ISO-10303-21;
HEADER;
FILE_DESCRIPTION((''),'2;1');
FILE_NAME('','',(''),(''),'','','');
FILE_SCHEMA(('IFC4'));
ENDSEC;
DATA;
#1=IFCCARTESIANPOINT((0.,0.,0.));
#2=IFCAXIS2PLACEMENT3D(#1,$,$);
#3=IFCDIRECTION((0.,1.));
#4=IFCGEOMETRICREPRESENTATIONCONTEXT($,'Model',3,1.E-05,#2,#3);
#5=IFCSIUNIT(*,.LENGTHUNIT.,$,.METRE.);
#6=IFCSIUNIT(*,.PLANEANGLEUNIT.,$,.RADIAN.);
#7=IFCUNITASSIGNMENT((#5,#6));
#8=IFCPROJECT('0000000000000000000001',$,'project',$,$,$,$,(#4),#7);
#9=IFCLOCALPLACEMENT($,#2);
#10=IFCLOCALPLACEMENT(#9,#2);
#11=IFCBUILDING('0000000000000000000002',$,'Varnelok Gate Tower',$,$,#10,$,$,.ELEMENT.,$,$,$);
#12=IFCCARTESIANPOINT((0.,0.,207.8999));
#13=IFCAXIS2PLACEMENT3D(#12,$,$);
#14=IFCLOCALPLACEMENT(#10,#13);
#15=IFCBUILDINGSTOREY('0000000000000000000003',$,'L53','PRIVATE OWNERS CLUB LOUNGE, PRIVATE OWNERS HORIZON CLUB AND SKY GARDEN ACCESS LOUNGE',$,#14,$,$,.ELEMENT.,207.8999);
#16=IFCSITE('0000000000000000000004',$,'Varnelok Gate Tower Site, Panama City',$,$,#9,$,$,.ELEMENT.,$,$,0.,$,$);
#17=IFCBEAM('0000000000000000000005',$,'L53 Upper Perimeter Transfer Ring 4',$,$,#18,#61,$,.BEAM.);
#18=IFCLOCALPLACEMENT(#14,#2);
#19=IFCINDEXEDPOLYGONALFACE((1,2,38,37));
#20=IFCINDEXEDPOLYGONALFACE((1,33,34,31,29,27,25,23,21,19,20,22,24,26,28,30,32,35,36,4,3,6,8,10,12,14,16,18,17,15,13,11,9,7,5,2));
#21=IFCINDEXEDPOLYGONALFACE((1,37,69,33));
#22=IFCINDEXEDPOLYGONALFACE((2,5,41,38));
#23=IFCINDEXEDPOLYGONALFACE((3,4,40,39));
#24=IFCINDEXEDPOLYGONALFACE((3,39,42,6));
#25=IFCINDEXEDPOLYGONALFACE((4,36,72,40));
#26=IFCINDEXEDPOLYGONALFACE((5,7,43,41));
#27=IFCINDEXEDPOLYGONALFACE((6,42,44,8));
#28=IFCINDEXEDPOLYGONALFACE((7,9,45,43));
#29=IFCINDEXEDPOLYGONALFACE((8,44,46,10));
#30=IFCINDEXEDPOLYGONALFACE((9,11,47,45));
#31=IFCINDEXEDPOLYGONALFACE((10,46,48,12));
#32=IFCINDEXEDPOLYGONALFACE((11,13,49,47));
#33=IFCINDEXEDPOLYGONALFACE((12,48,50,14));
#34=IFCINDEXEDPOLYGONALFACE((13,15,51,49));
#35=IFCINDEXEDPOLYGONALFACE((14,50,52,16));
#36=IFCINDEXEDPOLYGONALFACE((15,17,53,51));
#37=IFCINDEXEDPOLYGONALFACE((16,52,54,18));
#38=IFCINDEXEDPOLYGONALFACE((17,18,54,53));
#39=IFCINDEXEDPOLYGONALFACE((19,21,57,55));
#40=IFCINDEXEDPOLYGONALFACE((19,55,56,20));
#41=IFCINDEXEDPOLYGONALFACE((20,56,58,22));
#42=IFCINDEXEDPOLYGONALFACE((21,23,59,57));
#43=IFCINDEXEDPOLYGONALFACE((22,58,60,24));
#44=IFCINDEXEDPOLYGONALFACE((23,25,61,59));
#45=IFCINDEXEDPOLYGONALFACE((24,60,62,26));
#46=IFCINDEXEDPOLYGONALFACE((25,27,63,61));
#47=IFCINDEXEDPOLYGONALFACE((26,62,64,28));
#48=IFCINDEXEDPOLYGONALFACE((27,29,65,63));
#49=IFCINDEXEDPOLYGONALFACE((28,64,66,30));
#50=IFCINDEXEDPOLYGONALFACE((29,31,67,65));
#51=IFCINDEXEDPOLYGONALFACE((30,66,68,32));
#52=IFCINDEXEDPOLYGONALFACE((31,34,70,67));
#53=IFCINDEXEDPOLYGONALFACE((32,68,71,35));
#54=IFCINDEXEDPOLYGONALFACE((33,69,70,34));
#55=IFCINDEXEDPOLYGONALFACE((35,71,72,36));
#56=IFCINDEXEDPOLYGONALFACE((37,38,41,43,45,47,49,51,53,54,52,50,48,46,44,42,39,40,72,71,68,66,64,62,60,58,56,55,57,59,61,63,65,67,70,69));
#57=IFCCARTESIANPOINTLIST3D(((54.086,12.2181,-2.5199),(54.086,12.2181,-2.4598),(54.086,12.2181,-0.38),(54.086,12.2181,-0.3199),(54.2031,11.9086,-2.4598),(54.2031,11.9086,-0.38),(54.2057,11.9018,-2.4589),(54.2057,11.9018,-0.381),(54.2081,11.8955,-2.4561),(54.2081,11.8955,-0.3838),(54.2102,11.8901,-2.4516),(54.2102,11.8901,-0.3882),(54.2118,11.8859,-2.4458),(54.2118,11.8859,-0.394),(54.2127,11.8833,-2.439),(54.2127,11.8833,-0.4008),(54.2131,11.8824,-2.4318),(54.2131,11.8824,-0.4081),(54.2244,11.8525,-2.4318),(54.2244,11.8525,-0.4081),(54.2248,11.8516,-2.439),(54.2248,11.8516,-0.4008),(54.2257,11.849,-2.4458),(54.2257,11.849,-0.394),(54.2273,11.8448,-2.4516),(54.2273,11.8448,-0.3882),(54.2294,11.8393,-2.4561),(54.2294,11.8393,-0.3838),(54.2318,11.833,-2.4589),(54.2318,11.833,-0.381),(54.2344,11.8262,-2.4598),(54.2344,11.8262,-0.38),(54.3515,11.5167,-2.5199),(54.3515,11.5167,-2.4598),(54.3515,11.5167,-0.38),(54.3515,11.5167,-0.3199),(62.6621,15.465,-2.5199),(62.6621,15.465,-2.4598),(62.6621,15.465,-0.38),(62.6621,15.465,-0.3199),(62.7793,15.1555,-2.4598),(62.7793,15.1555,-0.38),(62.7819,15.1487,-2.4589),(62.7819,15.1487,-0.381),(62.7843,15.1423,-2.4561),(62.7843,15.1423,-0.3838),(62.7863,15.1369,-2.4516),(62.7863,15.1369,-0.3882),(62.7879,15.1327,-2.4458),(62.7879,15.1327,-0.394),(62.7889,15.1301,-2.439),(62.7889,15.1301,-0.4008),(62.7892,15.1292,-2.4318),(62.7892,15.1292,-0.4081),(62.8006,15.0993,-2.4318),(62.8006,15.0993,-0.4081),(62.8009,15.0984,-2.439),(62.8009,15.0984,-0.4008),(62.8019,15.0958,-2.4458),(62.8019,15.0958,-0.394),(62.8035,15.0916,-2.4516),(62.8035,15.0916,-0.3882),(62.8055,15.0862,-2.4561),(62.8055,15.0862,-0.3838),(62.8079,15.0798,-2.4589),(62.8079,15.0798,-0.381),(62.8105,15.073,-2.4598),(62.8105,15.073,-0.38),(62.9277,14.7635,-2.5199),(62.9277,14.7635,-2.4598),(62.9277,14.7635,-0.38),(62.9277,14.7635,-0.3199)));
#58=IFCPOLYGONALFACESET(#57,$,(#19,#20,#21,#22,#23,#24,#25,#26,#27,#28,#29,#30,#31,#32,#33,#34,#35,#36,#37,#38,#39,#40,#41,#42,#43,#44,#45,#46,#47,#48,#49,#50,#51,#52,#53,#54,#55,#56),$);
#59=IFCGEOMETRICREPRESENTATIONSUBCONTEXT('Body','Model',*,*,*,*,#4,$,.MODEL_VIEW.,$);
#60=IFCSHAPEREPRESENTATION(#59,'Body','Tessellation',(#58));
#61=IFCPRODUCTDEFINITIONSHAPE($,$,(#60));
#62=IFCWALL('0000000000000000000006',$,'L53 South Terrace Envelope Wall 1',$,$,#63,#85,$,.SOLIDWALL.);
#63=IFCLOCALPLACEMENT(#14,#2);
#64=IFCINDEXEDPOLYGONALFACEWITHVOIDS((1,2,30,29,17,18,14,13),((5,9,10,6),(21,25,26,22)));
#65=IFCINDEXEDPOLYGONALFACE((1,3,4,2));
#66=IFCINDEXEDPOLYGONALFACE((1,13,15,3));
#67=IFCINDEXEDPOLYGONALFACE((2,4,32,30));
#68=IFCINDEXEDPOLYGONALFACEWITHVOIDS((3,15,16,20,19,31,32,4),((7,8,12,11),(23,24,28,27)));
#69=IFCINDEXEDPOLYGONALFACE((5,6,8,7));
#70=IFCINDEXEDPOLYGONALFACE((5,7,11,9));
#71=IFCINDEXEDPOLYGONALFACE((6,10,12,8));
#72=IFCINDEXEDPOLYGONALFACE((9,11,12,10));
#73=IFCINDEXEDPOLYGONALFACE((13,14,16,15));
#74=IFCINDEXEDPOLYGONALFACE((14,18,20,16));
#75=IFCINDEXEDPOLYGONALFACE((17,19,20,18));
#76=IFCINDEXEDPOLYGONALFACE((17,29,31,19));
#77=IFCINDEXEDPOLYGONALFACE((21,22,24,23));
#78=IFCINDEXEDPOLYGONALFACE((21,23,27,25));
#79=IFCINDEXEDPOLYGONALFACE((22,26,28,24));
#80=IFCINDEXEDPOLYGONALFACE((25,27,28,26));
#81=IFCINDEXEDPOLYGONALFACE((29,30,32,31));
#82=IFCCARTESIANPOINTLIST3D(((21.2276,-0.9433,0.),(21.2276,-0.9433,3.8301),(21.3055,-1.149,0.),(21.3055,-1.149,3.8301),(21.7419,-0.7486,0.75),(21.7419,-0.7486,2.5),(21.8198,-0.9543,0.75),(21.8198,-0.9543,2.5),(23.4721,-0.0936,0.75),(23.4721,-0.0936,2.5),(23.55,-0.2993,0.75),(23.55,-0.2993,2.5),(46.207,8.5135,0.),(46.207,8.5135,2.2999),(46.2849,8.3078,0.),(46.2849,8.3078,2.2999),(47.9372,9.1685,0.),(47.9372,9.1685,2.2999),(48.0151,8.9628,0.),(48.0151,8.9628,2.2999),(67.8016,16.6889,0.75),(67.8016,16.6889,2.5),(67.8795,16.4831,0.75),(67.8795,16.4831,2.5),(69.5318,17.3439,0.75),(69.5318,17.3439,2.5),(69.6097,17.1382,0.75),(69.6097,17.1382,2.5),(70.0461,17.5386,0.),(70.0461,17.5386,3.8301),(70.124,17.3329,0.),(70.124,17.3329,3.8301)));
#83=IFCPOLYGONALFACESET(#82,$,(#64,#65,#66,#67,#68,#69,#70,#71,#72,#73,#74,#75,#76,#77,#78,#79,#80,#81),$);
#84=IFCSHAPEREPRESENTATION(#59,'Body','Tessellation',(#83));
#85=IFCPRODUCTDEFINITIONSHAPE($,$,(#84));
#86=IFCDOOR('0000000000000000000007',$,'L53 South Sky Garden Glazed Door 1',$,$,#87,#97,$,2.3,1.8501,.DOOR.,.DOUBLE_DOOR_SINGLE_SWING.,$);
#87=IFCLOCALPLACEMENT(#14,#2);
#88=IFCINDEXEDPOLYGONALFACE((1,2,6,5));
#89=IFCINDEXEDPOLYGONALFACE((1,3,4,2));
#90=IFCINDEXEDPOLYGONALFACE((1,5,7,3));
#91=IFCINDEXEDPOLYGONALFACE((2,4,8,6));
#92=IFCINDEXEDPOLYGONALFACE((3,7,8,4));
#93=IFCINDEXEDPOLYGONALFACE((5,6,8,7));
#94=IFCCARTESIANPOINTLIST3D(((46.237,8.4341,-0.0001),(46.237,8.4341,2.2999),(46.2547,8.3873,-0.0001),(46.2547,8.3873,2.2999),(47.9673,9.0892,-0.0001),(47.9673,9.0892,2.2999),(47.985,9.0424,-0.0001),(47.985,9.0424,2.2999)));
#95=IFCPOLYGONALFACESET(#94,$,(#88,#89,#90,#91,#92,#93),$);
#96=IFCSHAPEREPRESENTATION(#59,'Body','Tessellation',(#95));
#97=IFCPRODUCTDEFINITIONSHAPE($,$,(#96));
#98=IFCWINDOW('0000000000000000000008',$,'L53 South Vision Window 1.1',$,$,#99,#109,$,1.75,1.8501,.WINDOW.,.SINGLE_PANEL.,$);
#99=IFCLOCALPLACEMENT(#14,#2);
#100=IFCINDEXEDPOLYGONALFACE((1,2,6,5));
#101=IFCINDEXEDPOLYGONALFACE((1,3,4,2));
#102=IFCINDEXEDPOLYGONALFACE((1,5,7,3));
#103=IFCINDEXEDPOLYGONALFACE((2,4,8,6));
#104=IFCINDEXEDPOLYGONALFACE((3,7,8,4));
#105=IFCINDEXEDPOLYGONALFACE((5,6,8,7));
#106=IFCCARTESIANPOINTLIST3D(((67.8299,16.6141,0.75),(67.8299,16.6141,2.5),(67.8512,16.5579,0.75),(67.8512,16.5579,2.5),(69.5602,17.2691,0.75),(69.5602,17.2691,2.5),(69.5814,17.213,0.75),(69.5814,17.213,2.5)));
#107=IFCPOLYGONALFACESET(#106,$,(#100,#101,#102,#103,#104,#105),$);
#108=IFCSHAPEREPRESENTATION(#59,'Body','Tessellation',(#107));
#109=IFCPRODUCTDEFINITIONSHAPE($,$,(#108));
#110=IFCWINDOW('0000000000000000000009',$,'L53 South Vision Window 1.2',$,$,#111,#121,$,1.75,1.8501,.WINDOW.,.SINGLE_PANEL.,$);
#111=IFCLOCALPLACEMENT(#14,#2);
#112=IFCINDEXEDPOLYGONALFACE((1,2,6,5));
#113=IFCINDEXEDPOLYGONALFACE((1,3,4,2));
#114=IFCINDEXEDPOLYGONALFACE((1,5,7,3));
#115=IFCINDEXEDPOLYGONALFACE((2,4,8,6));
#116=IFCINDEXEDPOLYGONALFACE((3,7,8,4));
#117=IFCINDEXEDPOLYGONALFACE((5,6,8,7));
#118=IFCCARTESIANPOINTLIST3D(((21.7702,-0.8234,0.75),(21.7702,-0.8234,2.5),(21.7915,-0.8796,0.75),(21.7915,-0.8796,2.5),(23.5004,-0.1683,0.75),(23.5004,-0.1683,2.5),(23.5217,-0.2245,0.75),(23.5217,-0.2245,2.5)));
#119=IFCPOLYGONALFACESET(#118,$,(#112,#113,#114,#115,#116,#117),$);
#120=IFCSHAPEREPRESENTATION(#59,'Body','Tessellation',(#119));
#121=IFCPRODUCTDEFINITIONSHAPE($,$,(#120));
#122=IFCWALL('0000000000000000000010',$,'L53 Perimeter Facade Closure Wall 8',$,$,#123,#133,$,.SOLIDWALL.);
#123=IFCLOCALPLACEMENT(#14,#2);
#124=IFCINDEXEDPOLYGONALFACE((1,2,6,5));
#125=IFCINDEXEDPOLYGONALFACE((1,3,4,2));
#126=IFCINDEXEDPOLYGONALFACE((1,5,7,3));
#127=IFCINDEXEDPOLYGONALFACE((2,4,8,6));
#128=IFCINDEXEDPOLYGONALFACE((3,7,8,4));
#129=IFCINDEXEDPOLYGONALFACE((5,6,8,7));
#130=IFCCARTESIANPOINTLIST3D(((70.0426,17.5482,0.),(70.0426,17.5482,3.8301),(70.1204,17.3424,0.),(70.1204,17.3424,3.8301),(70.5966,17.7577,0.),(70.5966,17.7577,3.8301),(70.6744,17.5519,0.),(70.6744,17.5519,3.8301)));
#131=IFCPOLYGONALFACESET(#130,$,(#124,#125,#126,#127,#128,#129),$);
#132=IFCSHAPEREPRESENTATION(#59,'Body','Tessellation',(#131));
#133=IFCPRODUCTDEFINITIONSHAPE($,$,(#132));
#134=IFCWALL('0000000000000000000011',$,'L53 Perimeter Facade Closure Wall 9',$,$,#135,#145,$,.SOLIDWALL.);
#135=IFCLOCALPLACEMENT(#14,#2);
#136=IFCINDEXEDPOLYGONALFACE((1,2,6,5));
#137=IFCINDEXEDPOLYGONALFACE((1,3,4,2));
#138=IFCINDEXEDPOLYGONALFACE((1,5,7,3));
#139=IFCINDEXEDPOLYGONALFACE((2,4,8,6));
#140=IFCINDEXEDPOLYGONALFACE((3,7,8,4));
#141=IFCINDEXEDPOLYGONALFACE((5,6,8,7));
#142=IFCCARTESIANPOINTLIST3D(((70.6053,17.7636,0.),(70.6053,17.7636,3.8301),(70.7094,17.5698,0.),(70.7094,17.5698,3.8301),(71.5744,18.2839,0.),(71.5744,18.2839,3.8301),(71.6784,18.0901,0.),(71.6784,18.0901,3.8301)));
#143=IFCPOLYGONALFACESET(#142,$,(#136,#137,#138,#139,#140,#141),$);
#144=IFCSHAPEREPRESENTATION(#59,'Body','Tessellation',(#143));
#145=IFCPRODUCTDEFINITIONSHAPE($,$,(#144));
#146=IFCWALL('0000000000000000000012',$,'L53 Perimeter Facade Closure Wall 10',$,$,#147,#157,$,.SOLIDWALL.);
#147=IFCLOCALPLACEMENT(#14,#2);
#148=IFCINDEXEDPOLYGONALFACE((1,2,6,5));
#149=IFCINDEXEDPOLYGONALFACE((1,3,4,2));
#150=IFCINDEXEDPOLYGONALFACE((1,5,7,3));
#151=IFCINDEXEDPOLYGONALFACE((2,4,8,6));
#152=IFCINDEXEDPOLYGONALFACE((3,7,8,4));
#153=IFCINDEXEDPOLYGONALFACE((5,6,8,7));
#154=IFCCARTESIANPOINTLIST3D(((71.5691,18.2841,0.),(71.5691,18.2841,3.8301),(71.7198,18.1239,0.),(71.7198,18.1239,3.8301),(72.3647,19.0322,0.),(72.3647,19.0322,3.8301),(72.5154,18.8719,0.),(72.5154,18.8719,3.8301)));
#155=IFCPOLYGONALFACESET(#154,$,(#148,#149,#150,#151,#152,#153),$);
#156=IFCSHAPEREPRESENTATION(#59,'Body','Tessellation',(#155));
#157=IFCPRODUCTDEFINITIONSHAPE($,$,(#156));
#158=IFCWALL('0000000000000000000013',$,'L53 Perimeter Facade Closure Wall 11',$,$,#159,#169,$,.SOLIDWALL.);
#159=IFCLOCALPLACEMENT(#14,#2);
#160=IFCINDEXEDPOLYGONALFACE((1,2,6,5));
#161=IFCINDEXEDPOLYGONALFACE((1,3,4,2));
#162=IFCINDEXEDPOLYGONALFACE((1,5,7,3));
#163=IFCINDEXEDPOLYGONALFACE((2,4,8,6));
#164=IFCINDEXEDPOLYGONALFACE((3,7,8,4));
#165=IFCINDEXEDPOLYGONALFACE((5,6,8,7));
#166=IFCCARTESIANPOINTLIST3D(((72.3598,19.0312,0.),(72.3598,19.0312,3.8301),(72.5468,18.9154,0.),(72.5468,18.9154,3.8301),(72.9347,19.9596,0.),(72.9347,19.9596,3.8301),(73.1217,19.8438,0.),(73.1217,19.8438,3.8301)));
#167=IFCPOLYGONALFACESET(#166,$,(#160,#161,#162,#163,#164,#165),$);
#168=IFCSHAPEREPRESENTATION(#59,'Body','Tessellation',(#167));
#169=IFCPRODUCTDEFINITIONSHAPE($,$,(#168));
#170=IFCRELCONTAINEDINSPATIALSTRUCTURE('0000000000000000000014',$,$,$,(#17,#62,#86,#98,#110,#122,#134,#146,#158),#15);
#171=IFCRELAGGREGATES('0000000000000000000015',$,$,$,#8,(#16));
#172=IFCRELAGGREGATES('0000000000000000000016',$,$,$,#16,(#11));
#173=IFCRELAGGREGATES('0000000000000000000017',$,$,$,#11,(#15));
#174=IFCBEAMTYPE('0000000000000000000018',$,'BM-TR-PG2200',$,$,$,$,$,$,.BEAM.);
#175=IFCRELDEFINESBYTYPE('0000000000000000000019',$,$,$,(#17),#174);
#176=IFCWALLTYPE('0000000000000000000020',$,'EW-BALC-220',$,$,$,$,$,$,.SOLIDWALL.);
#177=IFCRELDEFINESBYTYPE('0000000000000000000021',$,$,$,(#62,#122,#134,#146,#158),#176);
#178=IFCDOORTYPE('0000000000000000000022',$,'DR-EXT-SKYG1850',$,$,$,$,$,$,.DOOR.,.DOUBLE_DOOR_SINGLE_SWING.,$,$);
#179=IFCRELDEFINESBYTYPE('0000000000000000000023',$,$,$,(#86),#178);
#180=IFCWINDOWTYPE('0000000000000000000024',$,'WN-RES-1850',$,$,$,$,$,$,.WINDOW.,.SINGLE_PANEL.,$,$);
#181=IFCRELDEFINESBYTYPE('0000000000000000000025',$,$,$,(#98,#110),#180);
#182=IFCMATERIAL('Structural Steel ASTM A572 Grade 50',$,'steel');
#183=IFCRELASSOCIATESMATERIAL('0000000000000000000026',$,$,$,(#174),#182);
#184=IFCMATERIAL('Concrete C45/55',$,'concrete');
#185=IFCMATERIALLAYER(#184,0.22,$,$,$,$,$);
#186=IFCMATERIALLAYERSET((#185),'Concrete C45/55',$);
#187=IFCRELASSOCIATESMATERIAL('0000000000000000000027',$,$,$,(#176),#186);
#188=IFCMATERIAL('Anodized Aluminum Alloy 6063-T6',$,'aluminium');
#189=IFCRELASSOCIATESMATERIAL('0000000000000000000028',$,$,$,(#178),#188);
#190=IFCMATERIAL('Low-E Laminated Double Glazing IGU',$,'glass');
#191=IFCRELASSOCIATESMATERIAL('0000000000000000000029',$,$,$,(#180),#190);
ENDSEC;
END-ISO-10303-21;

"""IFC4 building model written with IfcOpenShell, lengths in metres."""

from ifc_helpers import new_model, si_unit, direction, frame, frame_2d, origin, origin_2d, place, context, subcontext, project, spatial, rectangle, i_section, extrude, material, layer, layer_set, material_profile, profile_set, type_object, element, fill, save


model = new_model("IFC4")

# Units and contexts
model_context = context("Model", 3, precision=1e-05, world=origin(), true_north=direction((0.0, 1.0)))
body_context = subcontext(model_context, "Body", "Model", "MODEL_VIEW")
ifc_project = project(units=[si_unit("LENGTHUNIT", "METRE"), si_unit("PLANEANGLEUNIT", "RADIAN")], contexts=[model_context])

# Site, building, storey
site_placement = place(None, origin())
site = spatial("IfcSite", under=ifc_project, at=site_placement, Name="Varnelok Gate Tower Site, Panama City", CompositionType="ELEMENT", RefElevation=0.0)
building_placement = place(site_placement, origin())
building = spatial("IfcBuilding", under=site, at=building_placement, Name="Varnelok Gate Tower", CompositionType="ELEMENT")
storey_placement = place(building_placement, frame((0.0, 0.0, 207.8999)))
storey = spatial("IfcBuildingStorey", under=building, at=storey_placement, Name="L53", Description="PRIVATE OWNERS CLUB LOUNGE, PRIVATE OWNERS HORIZON CLUB AND SKY GARDEN ACCESS LOUNGE", CompositionType="ELEMENT", Elevation=207.8999)

# Beam
ifc_material_1 = material(Name="Structural Steel ASTM A572 Grade 50", Category="steel")
ifc_material_profile_1 = material_profile(ifc_material_1, i_section(OverallWidth=0.75, OverallDepth=2.2, WebThickness=0.032, FlangeThickness=0.0601, FilletRadius=0.0281, at=origin_2d()), Name="PG2200X750")
ifc_profile_set_1 = profile_set([ifc_material_profile_1], Name="Structural Steel ASTM A572 Grade 50")
beam_type = type_object("IfcBeamType", Name="BM-TR-PG2200", PredefinedType="BEAM", material=ifc_profile_set_1)
beam_1_placement = place(storey_placement, frame((54.2188, 11.8674, -1.4199), z_axis=(0.935222, 0.354063, 0.0), x_axis=(-0.354063, 0.935222, 0.0)))
element("IfcBeam", 1, at=beam_1_placement, inside=storey, type_object=beam_type, Name="L53 Upper Perimeter Transfer Ring 4", PredefinedType="BEAM", context=body_context, shape_type="SweptSolid", body=[
    extrude(i_section(OverallWidth=0.75, OverallDepth=2.2, WebThickness=0.032, FlangeThickness=0.0601, FilletRadius=0.0281, at=origin_2d()), origin(), (0.0, 0.0, 1.0), 9.1702),
])

# Wall, openings, door, windows
ifc_material_2 = material(Name="Concrete C45/55", Category="concrete")
ifc_layer = layer(ifc_material_2, 0.22)
ifc_layer_set = layer_set([ifc_layer], Name="Concrete C45/55")
wall_type = type_object("IfcWallType", Name="EW-BALC-220", PredefinedType="SOLIDWALL", material=ifc_layer_set)
wall_1_placement = place(storey_placement, frame((70.0852, 17.4358, 0.0), z_axis=(0.0, 0.0, 1.0), x_axis=(-0.935223, -0.35406, 0.0)))
wall_1 = element("IfcWall", 2, at=wall_1_placement, inside=storey, type_object=wall_type, Name="L53 South Terrace Envelope Wall 1", PredefinedType="SOLIDWALL", context=body_context, shape_type="SweptSolid", body=[
    extrude(rectangle(XDim=52.2, YDim=0.22, at=frame_2d((26.1001, 0.0))), origin(), (0.0, 0.0, 1.0), 3.8301),
])
opening_1_placement = place(wall_1_placement, frame((23.6404, 0.0, 0.0)))
opening_1 = element("IfcOpeningElement", 3, at=opening_1_placement, cuts=wall_1, PredefinedType="OPENING", context=body_context, shape_type="SweptSolid", body=[
    extrude(rectangle(XDim=1.8501, YDim=2.3, at=frame_2d((0.925, 1.1499))), frame((0.0, 0.1199, 0.0), z_axis=(0.0, -1.0, 0.0), x_axis=(1.0, 0.0, 0.0)), (0.0, 0.0, 1.0), 0.24),
])
opening_2_placement = place(wall_1_placement, frame((0.55, 0.0, 0.75)))
opening_2 = element("IfcOpeningElement", 4, at=opening_2_placement, cuts=wall_1, PredefinedType="OPENING", context=body_context, shape_type="SweptSolid", body=[
    extrude(rectangle(XDim=1.8501, YDim=1.75, at=frame_2d((0.925, 0.875))), frame((0.0, 0.1199, 0.0), z_axis=(0.0, -1.0, 0.0), x_axis=(1.0, 0.0, 0.0)), (0.0, 0.0, 1.0), 0.24),
])
opening_3_placement = place(wall_1_placement, frame((49.8, 0.0, 0.75)))
opening_3 = element("IfcOpeningElement", 5, at=opening_3_placement, cuts=wall_1, PredefinedType="OPENING", context=body_context, shape_type="SweptSolid", body=[
    extrude(rectangle(XDim=1.8501, YDim=1.75, at=frame_2d((0.925, 0.875))), frame((0.0, 0.1199, 0.0), z_axis=(0.0, -1.0, 0.0), x_axis=(1.0, 0.0, 0.0)), (0.0, 0.0, 1.0), 0.24),
])
ifc_material_3 = material(Name="Anodized Aluminum Alloy 6063-T6", Category="aluminium")
door_type = type_object("IfcDoorType", Name="DR-EXT-SKYG1850", OperationType="DOUBLE_DOOR_SINGLE_SWING", PredefinedType="DOOR", material=ifc_material_3)
door_placement = place(opening_1_placement, origin())
door = element("IfcDoor", 6, at=door_placement, inside=storey, type_object=door_type, Name="L53 South Sky Garden Glazed Door 1", OperationType="DOUBLE_DOOR_SINGLE_SWING", OverallHeight=2.3, OverallWidth=1.8501, PredefinedType="DOOR", context=body_context, shape_type="SweptSolid", body=[
    extrude(rectangle(XDim=1.8501, YDim=2.3, at=frame_2d((0.925, 1.1499))), frame((0.0, 0.0249, 0.0), z_axis=(0.0, -1.0, 0.0), x_axis=(1.0, 0.0, 0.0)), (0.0, 0.0, 1.0), 0.05),
])
fill(opening_1, door)
ifc_material_4 = material(Name="Low-E Laminated Double Glazing IGU", Category="glass")
window_type = type_object("IfcWindowType", Name="WN-RES-1850", PartitioningType="SINGLE_PANEL", PredefinedType="WINDOW", material=ifc_material_4)
window_1_placement = place(opening_2_placement, origin())
window_1 = element("IfcWindow", 7, at=window_1_placement, inside=storey, type_object=window_type, Name="L53 South Vision Window 1.1", OverallHeight=1.75, OverallWidth=1.8501, PartitioningType="SINGLE_PANEL", PredefinedType="WINDOW", context=body_context, shape_type="SweptSolid", body=[
    extrude(rectangle(XDim=1.8501, YDim=1.75, at=frame_2d((0.925, 0.875))), frame((0.0, 0.03, 0.0), z_axis=(0.0, -1.0, 0.0), x_axis=(1.0, 0.0, 0.0)), (0.0, 0.0, 1.0), 0.0601),
])
fill(opening_2, window_1)
window_2_placement = place(opening_3_placement, origin())
window_2 = element("IfcWindow", 8, at=window_2_placement, inside=storey, type_object=window_type, Name="L53 South Vision Window 1.2", OverallHeight=1.75, OverallWidth=1.8501, PartitioningType="SINGLE_PANEL", PredefinedType="WINDOW", context=body_context, shape_type="SweptSolid", body=[
    extrude(rectangle(XDim=1.8501, YDim=1.75, at=frame_2d((0.925, 0.875))), frame((0.0, 0.03, 0.0), z_axis=(0.0, -1.0, 0.0), x_axis=(1.0, 0.0, 0.0)), (0.0, 0.0, 1.0), 0.0601),
])
fill(opening_3, window_2)

# Walls
wall_2_placement = place(storey_placement, frame((70.0815, 17.4453, 0.0), z_axis=(0.0, 0.0, 1.0), x_axis=(0.93536, 0.353697, 0.0)))
element("IfcWall", 9, at=wall_2_placement, inside=storey, type_object=wall_type, Name="L53 Perimeter Facade Closure Wall 8", PredefinedType="SOLIDWALL", context=body_context, shape_type="SweptSolid", body=[
    extrude(rectangle(XDim=0.5923, YDim=0.22, at=frame_2d((0.2961, 0.0))), origin(), (0.0, 0.0, 1.0), 3.8301),
])
wall_3_placement = place(storey_placement, frame((70.6575, 17.6667, 0.0), z_axis=(0.0, 0.0, 1.0), x_axis=(0.881041, 0.47304, 0.0)))
element("IfcWall", 10, at=wall_3_placement, inside=storey, type_object=wall_type, Name="L53 Perimeter Facade Closure Wall 9", PredefinedType="SOLIDWALL", context=body_context, shape_type="SweptSolid", body=[
    extrude(rectangle(XDim=1.0999, YDim=0.22, at=frame_2d((0.5498, 0.0))), origin(), (0.0, 0.0, 1.0), 3.8301),
])
for number, where, z_axis, x_axis, name in (
    (11, (71.6445, 18.2041, 0.0), (0.0, 0.0, 1.0), (0.728567, 0.684974, 0.0), "L53 Perimeter Facade Closure Wall 10"),
    (12, (72.4534, 18.9734, 0.0), (0.0, 0.0, 1.0), (0.526478, 0.850189, 0.0), "L53 Perimeter Facade Closure Wall 11"),
):
    element("IfcWall", number, at=place(storey_placement, frame(where, z_axis=z_axis, x_axis=x_axis)), inside=storey, type_object=wall_type, Name=name, PredefinedType="SOLIDWALL", context=body_context, shape_type="SweptSolid", body=[
        extrude(rectangle(XDim=1.092, YDim=0.22, at=frame_2d((0.5459, 0.0))), origin(), (0.0, 0.0, 1.0), 3.8301),
    ])

save(model, "model.ifc")
